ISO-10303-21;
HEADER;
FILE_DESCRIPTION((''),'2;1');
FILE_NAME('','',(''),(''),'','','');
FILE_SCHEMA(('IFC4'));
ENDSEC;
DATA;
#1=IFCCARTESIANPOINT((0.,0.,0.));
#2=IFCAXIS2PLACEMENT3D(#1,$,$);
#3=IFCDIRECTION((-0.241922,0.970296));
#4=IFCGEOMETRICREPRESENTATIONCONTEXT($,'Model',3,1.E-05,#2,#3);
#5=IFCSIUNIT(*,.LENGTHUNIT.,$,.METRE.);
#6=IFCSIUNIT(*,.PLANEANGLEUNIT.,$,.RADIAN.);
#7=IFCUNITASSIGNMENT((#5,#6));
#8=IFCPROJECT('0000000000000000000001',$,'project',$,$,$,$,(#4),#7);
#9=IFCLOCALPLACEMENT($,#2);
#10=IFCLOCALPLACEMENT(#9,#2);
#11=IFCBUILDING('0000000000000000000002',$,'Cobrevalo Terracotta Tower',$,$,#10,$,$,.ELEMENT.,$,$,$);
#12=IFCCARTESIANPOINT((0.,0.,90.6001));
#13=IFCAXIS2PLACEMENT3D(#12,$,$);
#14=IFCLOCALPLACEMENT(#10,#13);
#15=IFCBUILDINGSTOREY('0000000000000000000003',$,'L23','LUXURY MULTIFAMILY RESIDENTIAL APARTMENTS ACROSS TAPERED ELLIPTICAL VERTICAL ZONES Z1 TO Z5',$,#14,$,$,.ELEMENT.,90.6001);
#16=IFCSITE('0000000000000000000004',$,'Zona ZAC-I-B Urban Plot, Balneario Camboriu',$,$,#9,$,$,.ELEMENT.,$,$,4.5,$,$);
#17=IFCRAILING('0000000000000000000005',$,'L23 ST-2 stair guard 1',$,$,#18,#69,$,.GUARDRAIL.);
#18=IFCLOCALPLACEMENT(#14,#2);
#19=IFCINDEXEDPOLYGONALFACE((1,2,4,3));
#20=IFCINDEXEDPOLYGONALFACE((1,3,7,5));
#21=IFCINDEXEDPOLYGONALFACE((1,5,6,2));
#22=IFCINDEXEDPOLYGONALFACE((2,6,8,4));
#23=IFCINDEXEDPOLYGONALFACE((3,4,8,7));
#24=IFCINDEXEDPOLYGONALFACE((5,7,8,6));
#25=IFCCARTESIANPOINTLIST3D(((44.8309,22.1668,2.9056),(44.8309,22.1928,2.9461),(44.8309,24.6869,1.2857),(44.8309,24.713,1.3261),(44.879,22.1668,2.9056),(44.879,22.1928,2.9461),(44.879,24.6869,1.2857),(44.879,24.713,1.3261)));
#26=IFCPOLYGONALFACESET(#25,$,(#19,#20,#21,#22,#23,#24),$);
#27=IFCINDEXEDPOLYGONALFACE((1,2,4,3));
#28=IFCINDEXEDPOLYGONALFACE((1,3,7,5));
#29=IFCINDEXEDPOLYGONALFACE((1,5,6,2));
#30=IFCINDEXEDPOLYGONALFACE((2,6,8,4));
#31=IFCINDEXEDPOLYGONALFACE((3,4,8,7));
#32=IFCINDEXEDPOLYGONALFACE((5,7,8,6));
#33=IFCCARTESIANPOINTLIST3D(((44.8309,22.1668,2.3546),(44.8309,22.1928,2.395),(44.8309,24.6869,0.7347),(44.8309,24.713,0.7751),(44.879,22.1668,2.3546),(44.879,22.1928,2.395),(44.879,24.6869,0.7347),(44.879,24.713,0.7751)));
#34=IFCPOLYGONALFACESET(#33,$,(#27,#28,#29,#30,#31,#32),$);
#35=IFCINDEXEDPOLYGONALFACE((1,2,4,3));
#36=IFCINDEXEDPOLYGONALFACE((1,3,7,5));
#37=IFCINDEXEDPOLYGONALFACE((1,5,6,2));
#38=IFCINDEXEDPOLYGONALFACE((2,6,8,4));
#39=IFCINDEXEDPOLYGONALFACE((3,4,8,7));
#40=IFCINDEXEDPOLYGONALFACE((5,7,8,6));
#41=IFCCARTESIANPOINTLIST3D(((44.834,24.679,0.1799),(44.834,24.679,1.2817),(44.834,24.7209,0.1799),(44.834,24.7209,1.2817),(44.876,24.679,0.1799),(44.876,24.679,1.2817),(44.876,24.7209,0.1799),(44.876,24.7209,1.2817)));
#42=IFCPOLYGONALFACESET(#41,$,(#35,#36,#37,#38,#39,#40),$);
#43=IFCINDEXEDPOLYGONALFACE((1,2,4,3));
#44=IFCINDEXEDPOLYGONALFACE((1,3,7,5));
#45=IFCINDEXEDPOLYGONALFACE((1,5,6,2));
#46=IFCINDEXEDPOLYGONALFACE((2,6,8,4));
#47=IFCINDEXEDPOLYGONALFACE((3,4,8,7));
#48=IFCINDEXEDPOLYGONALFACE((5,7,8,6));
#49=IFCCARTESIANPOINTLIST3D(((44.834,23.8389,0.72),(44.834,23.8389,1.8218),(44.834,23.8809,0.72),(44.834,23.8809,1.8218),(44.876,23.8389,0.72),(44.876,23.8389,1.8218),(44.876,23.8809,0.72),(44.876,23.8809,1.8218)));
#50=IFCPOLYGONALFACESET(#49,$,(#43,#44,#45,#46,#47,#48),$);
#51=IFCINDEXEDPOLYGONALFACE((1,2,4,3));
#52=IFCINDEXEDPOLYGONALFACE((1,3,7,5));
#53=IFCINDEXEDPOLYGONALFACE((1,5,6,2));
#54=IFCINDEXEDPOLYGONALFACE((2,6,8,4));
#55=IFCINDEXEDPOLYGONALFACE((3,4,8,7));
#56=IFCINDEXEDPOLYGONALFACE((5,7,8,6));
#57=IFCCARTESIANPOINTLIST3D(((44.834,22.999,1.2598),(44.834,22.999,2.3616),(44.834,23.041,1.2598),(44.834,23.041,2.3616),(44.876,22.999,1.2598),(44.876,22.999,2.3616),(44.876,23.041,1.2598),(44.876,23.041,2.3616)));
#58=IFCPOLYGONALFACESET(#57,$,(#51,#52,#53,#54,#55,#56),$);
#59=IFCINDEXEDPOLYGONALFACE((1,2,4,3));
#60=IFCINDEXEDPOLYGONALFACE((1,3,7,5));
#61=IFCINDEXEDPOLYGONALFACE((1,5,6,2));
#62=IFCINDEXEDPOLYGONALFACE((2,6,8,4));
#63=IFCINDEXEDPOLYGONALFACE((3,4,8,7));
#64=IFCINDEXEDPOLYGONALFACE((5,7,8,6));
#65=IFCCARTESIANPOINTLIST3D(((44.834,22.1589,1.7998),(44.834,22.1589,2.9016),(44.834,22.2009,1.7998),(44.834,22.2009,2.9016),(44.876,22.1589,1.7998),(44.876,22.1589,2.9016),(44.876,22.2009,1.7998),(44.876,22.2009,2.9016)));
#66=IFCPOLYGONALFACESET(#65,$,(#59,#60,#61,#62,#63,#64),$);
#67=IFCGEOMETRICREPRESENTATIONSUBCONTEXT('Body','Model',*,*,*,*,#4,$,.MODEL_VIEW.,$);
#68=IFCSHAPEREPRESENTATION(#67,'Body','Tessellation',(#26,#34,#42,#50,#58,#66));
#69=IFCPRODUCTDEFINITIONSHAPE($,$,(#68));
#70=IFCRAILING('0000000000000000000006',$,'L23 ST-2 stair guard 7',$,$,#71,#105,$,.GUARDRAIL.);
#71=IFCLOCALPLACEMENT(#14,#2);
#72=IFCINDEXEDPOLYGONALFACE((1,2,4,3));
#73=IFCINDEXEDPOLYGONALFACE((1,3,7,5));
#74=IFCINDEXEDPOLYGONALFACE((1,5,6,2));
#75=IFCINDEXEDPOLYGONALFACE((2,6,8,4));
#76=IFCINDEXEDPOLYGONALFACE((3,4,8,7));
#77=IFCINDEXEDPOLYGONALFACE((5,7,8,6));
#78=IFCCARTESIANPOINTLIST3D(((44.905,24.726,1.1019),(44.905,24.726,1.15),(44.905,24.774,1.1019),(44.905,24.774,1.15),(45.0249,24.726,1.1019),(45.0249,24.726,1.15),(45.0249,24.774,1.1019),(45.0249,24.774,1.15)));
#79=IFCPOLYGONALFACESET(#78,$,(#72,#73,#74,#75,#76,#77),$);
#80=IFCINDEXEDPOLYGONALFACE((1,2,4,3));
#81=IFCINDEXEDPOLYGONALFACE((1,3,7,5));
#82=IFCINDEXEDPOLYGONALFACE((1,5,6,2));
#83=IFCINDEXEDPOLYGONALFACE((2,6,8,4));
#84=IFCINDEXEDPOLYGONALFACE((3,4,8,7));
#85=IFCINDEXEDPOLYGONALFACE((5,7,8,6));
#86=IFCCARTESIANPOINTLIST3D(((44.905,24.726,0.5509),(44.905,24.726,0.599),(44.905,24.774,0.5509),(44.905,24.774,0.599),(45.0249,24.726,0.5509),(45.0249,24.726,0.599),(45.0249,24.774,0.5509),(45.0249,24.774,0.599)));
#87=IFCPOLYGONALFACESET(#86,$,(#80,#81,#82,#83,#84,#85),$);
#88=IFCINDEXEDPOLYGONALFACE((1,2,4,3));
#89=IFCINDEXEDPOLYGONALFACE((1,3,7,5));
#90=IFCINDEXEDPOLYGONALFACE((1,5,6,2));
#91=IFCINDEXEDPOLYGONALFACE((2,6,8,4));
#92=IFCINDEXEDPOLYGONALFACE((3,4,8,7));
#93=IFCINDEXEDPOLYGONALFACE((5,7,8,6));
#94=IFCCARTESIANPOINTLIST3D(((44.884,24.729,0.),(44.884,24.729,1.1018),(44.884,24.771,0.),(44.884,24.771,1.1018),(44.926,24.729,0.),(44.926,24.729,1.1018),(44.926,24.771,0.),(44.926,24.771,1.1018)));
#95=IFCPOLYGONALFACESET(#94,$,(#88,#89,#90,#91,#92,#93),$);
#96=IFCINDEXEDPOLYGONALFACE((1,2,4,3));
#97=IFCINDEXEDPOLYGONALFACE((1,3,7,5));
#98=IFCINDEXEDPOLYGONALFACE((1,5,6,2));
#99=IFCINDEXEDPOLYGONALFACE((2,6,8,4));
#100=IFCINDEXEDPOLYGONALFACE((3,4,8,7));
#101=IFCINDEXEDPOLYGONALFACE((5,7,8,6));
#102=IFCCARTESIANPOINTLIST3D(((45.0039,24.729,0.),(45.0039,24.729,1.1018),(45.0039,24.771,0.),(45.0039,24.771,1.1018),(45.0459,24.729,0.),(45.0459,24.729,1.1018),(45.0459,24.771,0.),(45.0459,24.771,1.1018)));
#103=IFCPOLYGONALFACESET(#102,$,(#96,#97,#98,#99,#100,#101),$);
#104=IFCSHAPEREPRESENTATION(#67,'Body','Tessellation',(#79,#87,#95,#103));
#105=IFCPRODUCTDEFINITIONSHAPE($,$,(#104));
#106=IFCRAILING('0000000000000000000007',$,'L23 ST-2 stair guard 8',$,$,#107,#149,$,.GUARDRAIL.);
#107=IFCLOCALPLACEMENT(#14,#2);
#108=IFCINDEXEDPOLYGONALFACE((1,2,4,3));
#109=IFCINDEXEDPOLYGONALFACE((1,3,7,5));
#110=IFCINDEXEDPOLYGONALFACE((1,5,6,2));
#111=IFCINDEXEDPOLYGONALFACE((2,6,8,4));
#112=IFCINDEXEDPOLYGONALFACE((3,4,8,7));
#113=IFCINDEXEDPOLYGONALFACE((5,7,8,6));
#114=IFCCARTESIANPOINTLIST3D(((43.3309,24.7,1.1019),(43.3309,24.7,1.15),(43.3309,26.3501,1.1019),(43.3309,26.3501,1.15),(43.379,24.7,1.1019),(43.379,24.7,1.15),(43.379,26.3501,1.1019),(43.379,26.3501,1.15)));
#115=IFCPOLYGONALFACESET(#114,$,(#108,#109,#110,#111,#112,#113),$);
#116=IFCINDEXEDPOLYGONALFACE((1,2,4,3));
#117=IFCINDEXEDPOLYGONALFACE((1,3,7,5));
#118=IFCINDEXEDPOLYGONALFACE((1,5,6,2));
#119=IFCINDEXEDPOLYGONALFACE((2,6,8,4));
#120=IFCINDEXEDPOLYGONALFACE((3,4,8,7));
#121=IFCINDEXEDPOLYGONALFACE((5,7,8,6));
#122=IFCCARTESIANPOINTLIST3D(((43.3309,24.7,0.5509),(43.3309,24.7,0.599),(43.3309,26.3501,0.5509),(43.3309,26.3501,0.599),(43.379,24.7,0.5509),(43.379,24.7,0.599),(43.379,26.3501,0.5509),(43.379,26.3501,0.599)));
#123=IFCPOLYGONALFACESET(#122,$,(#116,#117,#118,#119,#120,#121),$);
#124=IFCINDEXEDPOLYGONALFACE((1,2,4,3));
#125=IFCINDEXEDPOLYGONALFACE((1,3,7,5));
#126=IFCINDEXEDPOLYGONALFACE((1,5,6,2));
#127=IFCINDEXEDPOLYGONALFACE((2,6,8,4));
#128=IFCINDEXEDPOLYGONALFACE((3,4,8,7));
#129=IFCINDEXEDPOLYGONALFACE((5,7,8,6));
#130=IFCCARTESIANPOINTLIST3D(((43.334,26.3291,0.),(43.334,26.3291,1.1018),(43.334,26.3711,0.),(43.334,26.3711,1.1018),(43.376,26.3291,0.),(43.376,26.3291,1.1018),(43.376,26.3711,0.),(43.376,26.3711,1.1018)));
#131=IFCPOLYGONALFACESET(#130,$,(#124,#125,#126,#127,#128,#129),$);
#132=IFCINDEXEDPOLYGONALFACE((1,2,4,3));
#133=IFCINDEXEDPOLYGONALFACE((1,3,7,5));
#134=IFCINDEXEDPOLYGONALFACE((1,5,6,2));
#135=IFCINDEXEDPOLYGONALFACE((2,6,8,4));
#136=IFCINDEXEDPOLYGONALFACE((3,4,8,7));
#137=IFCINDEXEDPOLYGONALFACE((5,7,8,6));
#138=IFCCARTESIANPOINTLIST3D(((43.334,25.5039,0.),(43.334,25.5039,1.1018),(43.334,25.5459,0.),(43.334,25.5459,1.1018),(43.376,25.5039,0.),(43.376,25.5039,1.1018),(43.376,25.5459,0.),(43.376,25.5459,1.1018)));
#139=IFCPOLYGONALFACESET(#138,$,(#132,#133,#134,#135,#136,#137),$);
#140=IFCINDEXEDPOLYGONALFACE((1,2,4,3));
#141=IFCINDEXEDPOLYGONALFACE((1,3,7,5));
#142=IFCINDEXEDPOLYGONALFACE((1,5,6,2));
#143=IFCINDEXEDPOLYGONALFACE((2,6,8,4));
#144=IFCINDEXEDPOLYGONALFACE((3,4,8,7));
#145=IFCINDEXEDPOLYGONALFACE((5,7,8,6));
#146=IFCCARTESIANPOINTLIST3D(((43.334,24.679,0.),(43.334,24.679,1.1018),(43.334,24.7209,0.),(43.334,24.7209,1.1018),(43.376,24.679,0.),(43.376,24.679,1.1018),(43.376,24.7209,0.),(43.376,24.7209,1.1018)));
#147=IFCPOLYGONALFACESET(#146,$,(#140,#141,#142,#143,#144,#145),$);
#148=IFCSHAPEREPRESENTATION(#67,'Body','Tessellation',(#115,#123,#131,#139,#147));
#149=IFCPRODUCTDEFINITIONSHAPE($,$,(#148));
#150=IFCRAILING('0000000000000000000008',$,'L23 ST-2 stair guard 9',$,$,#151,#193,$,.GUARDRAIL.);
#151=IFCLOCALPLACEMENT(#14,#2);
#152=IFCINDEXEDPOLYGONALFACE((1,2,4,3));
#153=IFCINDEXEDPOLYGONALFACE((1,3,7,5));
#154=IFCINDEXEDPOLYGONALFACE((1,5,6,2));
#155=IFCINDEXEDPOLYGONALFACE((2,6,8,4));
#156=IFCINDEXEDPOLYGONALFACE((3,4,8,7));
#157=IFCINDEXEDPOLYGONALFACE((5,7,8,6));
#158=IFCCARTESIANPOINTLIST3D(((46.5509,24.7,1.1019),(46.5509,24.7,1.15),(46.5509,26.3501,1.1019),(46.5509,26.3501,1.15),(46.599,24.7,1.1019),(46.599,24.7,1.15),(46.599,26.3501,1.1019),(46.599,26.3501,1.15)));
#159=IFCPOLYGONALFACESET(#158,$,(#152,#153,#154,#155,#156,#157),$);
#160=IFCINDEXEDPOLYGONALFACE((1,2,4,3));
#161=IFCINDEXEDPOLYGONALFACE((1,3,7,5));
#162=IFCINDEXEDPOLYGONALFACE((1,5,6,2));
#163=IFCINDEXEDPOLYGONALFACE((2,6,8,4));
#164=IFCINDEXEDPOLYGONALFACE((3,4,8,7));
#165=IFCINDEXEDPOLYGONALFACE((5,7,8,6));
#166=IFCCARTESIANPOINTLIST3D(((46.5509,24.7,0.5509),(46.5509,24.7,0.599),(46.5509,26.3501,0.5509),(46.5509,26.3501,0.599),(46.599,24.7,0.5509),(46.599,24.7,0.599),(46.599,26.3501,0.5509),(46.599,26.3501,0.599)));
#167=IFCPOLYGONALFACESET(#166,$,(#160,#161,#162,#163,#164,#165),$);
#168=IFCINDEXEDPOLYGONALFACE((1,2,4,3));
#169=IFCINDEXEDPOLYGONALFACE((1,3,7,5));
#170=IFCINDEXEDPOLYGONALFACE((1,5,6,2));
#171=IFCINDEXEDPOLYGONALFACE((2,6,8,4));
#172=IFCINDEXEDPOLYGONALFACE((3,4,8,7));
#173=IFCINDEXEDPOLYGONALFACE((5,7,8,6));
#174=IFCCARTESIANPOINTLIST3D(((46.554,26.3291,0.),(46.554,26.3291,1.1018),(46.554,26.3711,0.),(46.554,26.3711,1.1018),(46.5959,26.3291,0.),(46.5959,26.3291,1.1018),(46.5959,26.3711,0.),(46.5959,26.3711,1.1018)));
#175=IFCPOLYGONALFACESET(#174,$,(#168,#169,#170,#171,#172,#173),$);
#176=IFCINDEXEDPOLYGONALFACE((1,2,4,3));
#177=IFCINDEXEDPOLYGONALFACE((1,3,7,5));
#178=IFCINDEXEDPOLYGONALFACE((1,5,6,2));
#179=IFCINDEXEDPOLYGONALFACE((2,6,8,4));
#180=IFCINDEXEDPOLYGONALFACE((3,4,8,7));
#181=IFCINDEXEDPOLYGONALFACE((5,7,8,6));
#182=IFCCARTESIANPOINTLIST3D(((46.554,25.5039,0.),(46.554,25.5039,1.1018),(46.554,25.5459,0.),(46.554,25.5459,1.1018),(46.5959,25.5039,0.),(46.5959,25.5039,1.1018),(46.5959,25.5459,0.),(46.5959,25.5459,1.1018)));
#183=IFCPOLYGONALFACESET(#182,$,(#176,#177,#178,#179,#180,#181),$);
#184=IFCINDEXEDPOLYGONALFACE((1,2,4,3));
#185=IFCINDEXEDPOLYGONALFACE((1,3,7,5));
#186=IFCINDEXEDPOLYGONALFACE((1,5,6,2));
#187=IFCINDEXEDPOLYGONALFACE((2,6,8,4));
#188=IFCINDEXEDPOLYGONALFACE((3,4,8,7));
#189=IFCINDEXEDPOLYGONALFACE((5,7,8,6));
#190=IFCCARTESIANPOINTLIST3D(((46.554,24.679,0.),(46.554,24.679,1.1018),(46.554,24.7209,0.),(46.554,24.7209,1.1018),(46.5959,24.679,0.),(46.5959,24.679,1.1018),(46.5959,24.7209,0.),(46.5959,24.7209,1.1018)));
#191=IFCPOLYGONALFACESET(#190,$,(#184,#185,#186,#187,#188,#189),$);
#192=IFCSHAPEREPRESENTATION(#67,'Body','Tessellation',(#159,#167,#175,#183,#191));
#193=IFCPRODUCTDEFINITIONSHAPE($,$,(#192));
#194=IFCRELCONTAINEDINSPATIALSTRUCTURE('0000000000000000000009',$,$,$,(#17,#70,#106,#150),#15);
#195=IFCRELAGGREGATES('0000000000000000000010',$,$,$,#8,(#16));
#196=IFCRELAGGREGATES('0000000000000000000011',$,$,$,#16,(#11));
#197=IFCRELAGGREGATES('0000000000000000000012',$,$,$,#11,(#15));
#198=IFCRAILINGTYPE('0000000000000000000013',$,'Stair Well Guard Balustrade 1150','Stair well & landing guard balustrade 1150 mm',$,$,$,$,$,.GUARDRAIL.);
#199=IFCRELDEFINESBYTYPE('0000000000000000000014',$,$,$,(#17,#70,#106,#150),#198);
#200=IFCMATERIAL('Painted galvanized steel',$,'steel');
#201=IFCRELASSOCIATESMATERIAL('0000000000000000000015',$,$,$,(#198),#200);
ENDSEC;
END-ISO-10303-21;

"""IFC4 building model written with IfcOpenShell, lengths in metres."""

from ifc_helpers import new_model, si_unit, direction, frame, origin, origin_2d, place, context, subcontext, project, spatial, rectangle, extrude, material, type_object, element, save


model = new_model("IFC4")

# Units and contexts
model_context = context("Model", 3, precision=1e-05, world=origin(), true_north=direction((-0.241922, 0.970296)))
body_context = subcontext(model_context, "Body", "Model", "MODEL_VIEW")
ifc_project = project(units=[si_unit("LENGTHUNIT", "METRE"), si_unit("PLANEANGLEUNIT", "RADIAN")], contexts=[model_context])

# Site, building, storey
site_placement = place(None, origin())
site = spatial("IfcSite", under=ifc_project, at=site_placement, Name="Zona ZAC-I-B Urban Plot, Balneario Camboriu", CompositionType="ELEMENT", RefElevation=4.5)
building_placement = place(site_placement, origin())
building = spatial("IfcBuilding", under=site, at=building_placement, Name="Cobrevalo Terracotta Tower", CompositionType="ELEMENT")
storey_placement = place(building_placement, frame((0.0, 0.0, 90.6001)))
storey = spatial("IfcBuildingStorey", under=building, at=storey_placement, Name="L23", Description="LUXURY MULTIFAMILY RESIDENTIAL APARTMENTS ACROSS TAPERED ELLIPTICAL VERTICAL ZONES Z1 TO Z5", CompositionType="ELEMENT", Elevation=90.6001)

# Railings
ifc_material_1 = material(Name="Painted galvanized steel", Category="steel")
railing_type_1 = type_object("IfcRailingType", Name="Stair Well Guard Balustrade 1150", Description="Stair well & landing guard balustrade 1150 mm", PredefinedType="GUARDRAIL", material=ifc_material_1)
railing_1_placement = place(storey_placement, frame((44.855, 24.7, 0.1799)))
element("IfcRailing", 1, at=railing_1_placement, inside=storey, type_object=railing_type_1, Name="L23 ST-2 stair guard 1", PredefinedType="GUARDRAIL", context=body_context, shape_type="SweptSolid", body=[
    extrude(rectangle(XDim=0.0481, YDim=0.0481, at=origin_2d()), frame((0.0, 0.0, 1.126), z_axis=(0.0, -0.8412, 0.540725), x_axis=(1.0, 0.0, 0.0)), (0.0, 0.0, 1.0), 2.9958),
    extrude(rectangle(XDim=0.0481, YDim=0.0481, at=origin_2d()), frame((0.0, 0.0, 0.575), z_axis=(0.0, -0.8412, 0.540725), x_axis=(1.0, 0.0, 0.0)), (0.0, 0.0, 1.0), 2.9958),
    extrude(rectangle(XDim=0.042, YDim=0.042, at=origin_2d()), origin(), (0.0, 0.0, 1.0), 1.1018),
    extrude(rectangle(XDim=0.042, YDim=0.042, at=origin_2d()), frame((0.0, -0.8401, 0.54)), (0.0, 0.0, 1.0), 1.1018),
    extrude(rectangle(XDim=0.042, YDim=0.042, at=origin_2d()), frame((0.0, -1.6799, 1.0798)), (0.0, 0.0, 1.0), 1.1018),
    extrude(rectangle(XDim=0.042, YDim=0.042, at=origin_2d()), frame((0.0, -2.52, 1.6199)), (0.0, 0.0, 1.0), 1.1018),
])
railing_2_placement = place(storey_placement, frame((44.905, 24.75, 0.0)))
element("IfcRailing", 2, at=railing_2_placement, inside=storey, type_object=railing_type_1, Name="L23 ST-2 stair guard 7", PredefinedType="GUARDRAIL", context=body_context, shape_type="SweptSolid", body=[
    extrude(rectangle(XDim=0.0481, YDim=0.0481, at=origin_2d()), frame((0.0, 0.0, 1.126), z_axis=(1.0, 0.0, 0.0), x_axis=(0.0, 1.0, 0.0)), (0.0, 0.0, 1.0), 0.1199),
    extrude(rectangle(XDim=0.0481, YDim=0.0481, at=origin_2d()), frame((0.0, 0.0, 0.575), z_axis=(1.0, 0.0, 0.0), x_axis=(0.0, 1.0, 0.0)), (0.0, 0.0, 1.0), 0.1199),
    extrude(rectangle(XDim=0.042, YDim=0.042, at=origin_2d()), origin(), (0.0, 0.0, 1.0), 1.1018),
    extrude(rectangle(XDim=0.042, YDim=0.042, at=origin_2d()), frame((0.1199, 0.0, 0.0)), (0.0, 0.0, 1.0), 1.1018),
])
for number, where, name in (
    (3, (43.355, 26.3501, 0.0), "L23 ST-2 stair guard 8"),
    (4, (46.575, 26.3501, 0.0), "L23 ST-2 stair guard 9"),
):
    element("IfcRailing", number, at=place(storey_placement, frame(where)), inside=storey, type_object=railing_type_1, Name=name, PredefinedType="GUARDRAIL", context=body_context, shape_type="SweptSolid", body=[
        extrude(rectangle(XDim=0.0481, YDim=0.0481, at=origin_2d()), frame((0.0, 0.0, 1.126), z_axis=(0.0, -1.0, 0.0), x_axis=(1.0, 0.0, 0.0)), (0.0, 0.0, 1.0), 1.6501),
        extrude(rectangle(XDim=0.0481, YDim=0.0481, at=origin_2d()), frame((0.0, 0.0, 0.575), z_axis=(0.0, -1.0, 0.0), x_axis=(1.0, 0.0, 0.0)), (0.0, 0.0, 1.0), 1.6501),
        extrude(rectangle(XDim=0.042, YDim=0.042, at=origin_2d()), origin(), (0.0, 0.0, 1.0), 1.1018),
        extrude(rectangle(XDim=0.042, YDim=0.042, at=origin_2d()), frame((0.0, -0.8252, 0.0)), (0.0, 0.0, 1.0), 1.1018),
        extrude(rectangle(XDim=0.042, YDim=0.042, at=origin_2d()), frame((0.0, -1.6501, 0.0)), (0.0, 0.0, 1.0), 1.1018),
    ])

save(model, "model.ifc")
